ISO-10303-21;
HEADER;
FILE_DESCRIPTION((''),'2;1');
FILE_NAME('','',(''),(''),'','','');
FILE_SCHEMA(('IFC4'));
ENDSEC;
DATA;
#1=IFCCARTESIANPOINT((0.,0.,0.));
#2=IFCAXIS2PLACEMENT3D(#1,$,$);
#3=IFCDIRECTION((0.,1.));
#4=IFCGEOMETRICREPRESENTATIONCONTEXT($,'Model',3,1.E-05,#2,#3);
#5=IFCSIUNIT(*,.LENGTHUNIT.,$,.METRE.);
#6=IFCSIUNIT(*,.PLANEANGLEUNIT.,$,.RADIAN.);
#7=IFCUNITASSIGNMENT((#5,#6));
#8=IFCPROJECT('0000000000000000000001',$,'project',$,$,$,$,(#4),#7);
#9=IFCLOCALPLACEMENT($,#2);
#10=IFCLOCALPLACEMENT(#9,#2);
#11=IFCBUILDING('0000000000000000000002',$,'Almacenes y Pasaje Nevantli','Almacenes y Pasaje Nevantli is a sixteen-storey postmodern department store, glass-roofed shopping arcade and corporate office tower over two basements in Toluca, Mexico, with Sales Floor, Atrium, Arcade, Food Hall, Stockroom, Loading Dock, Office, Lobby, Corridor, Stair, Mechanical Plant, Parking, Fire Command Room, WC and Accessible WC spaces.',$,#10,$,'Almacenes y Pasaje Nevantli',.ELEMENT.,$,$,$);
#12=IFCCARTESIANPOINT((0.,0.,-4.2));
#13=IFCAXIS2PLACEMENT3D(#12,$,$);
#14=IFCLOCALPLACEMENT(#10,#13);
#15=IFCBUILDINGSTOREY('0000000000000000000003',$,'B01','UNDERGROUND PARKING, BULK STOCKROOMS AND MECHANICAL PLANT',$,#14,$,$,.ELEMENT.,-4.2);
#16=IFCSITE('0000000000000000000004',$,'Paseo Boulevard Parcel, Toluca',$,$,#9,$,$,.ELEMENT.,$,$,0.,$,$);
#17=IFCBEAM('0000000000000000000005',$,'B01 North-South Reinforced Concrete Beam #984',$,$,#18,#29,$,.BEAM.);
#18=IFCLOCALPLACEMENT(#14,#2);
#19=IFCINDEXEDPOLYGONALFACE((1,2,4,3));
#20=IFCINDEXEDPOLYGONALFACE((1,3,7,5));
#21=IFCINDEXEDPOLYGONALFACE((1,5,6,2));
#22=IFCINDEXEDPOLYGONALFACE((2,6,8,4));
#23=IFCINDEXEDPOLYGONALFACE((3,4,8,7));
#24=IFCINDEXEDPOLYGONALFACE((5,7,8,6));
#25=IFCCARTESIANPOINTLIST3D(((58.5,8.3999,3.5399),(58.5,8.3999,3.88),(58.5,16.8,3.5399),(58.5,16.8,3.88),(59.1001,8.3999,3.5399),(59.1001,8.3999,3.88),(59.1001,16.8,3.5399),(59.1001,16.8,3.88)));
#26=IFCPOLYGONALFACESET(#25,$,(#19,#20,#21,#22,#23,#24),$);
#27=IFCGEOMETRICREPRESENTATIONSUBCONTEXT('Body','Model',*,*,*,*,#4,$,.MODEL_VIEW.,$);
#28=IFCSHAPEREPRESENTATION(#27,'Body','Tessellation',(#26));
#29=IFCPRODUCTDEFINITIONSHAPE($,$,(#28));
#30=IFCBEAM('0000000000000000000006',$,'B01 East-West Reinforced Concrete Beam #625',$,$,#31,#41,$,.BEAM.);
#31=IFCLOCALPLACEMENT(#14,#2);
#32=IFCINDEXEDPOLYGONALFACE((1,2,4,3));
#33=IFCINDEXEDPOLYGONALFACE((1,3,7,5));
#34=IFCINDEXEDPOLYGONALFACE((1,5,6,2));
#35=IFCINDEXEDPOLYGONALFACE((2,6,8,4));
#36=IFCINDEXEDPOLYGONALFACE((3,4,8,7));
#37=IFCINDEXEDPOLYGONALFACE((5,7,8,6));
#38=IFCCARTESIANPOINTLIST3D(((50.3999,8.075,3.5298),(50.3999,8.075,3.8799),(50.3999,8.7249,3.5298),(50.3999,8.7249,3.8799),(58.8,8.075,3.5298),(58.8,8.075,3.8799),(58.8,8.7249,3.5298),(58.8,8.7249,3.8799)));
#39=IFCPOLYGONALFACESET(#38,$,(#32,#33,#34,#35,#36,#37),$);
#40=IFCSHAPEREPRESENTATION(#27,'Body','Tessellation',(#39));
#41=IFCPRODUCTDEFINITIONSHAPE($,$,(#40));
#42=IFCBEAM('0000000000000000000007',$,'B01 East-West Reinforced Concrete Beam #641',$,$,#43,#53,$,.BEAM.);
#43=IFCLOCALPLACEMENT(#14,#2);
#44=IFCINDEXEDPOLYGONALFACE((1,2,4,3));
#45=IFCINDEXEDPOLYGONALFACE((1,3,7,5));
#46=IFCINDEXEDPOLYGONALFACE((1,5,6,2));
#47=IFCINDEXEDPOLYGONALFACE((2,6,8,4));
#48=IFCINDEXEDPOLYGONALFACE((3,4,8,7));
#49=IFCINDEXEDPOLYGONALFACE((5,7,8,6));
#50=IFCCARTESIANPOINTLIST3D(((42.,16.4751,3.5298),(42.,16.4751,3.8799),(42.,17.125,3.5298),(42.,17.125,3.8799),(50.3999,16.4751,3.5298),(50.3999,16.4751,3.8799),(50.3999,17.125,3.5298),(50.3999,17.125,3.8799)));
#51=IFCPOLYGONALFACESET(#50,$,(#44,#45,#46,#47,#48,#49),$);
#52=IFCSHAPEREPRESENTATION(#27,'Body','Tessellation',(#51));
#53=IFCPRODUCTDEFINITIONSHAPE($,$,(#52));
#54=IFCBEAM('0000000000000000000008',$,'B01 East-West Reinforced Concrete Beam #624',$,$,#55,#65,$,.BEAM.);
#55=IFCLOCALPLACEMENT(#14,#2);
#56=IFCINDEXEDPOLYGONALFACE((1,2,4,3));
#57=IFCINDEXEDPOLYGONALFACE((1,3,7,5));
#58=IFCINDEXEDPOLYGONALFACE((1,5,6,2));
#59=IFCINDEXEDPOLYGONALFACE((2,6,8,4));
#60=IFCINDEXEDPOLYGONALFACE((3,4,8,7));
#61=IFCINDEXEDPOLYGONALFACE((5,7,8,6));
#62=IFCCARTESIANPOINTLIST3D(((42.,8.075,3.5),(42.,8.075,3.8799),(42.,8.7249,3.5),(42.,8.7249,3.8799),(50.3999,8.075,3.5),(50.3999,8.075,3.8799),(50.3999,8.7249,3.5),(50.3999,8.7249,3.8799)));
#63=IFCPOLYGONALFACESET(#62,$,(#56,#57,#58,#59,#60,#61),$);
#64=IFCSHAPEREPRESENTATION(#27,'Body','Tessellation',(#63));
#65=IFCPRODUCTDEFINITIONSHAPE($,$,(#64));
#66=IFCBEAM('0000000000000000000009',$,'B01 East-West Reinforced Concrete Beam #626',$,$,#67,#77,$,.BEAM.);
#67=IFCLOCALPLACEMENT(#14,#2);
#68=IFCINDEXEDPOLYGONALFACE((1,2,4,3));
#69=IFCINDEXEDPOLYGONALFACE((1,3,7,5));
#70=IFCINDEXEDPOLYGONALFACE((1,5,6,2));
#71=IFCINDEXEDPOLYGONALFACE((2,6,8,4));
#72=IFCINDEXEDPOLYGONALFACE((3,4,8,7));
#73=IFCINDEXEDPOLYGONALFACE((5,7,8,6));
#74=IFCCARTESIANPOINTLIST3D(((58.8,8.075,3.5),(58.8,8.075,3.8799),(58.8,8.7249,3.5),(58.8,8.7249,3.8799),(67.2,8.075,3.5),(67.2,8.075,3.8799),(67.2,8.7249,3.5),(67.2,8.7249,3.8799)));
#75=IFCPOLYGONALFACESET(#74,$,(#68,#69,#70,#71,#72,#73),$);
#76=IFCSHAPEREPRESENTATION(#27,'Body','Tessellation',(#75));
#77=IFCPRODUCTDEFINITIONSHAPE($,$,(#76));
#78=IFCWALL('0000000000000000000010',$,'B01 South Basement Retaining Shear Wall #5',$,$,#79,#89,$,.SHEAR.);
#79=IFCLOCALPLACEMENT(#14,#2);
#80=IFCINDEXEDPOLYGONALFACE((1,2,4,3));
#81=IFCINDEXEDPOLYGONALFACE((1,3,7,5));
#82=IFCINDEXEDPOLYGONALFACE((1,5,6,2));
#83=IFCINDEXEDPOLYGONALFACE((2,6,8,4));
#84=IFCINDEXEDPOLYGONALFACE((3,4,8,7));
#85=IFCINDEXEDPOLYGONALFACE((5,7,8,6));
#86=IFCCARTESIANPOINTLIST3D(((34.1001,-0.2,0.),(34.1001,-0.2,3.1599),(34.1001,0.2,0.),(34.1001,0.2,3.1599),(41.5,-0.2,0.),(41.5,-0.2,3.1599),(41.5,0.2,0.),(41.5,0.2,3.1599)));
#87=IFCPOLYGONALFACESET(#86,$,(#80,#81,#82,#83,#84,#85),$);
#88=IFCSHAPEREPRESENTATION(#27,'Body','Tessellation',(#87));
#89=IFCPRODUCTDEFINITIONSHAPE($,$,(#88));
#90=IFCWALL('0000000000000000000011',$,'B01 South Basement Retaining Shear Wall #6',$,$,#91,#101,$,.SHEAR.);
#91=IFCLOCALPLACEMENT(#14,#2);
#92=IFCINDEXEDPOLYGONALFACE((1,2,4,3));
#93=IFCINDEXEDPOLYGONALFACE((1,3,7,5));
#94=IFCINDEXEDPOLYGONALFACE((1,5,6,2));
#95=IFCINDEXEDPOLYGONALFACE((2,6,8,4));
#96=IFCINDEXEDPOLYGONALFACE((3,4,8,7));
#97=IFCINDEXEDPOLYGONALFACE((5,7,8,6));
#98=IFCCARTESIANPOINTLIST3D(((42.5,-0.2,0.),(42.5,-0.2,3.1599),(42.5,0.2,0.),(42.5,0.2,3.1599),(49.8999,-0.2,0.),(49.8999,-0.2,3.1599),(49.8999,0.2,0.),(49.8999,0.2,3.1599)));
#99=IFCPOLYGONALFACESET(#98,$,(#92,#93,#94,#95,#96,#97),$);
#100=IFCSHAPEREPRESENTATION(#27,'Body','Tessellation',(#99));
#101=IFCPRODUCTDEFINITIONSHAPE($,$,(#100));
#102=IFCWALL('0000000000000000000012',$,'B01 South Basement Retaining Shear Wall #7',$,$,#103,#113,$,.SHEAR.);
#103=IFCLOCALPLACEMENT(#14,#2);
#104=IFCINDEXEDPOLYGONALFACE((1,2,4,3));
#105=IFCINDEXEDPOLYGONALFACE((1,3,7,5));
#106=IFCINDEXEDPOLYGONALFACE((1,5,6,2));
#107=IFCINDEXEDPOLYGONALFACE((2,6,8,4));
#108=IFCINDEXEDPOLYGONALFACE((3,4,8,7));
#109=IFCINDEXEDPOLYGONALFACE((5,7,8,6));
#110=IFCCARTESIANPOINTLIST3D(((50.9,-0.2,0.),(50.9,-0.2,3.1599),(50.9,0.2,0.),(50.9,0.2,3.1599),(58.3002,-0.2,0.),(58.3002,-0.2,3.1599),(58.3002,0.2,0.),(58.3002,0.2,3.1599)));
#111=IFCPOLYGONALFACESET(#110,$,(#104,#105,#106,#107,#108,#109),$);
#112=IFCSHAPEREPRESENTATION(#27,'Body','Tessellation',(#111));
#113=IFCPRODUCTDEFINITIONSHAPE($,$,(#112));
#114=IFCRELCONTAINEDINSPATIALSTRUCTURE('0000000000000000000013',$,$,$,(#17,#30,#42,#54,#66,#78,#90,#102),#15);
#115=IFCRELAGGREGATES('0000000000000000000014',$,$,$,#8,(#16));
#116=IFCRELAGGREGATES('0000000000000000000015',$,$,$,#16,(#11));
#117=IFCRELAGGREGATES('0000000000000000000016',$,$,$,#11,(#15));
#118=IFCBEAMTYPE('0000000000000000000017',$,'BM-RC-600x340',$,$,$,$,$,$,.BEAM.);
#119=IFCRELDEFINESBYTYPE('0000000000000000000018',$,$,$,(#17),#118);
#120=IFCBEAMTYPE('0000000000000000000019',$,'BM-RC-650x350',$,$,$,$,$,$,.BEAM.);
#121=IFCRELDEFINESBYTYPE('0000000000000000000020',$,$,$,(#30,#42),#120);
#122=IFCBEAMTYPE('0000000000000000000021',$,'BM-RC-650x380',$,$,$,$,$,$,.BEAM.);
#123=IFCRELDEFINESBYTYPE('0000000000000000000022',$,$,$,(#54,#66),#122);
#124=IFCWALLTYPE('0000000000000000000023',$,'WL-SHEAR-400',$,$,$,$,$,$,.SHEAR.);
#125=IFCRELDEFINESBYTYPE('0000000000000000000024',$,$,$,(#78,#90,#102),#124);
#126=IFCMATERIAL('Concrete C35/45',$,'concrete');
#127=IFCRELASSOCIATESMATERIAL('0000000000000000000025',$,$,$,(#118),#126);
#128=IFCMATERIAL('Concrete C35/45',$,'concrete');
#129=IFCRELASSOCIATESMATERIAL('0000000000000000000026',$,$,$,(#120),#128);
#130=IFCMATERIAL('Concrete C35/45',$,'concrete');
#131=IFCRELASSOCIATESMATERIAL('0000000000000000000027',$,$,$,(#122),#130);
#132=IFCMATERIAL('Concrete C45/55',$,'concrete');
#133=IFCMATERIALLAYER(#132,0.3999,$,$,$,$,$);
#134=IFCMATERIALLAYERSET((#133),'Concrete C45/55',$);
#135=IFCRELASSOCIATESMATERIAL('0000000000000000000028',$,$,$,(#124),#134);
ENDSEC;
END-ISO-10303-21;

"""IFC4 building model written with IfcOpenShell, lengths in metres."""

from ifc_helpers import new_model, si_unit, direction, frame, frame_2d, origin, origin_2d, place, context, subcontext, project, spatial, rectangle, extrude, material, layer, layer_set, material_profile, profile_set, type_object, element, save


model = new_model("IFC4")

# Units and contexts
model_context = context("Model", 3, precision=1e-05, world=origin(), true_north=direction((0.0, 1.0)))
body_context = subcontext(model_context, "Body", "Model", "MODEL_VIEW")
ifc_project = project(units=[si_unit("LENGTHUNIT", "METRE"), si_unit("PLANEANGLEUNIT", "RADIAN")], contexts=[model_context])

# Site, building, storey
site_placement = place(None, origin())
site = spatial("IfcSite", under=ifc_project, at=site_placement, Name="Paseo Boulevard Parcel, Toluca", CompositionType="ELEMENT", RefElevation=0.0)
building_placement = place(site_placement, origin())
building = spatial("IfcBuilding", under=site, at=building_placement, Name="Almacenes y Pasaje Nevantli", Description="Almacenes y Pasaje Nevantli is a sixteen-storey postmodern department store, glass-roofed shopping arcade and corporate office tower over two basements in Toluca, Mexico, with Sales Floor, Atrium, Arcade, Food Hall, Stockroom, Loading Dock, Office, Lobby, Corridor, Stair, Mechanical Plant, Parking, Fire Command Room, WC and Accessible WC spaces.", LongName="Almacenes y Pasaje Nevantli", CompositionType="ELEMENT")
storey_placement = place(building_placement, frame((0.0, 0.0, -4.2)))
storey = spatial("IfcBuildingStorey", under=building, at=storey_placement, Name="B01", Description="UNDERGROUND PARKING, BULK STOCKROOMS AND MECHANICAL PLANT", CompositionType="ELEMENT", Elevation=-4.2)

# Beams
ifc_material_1 = material(Name="Concrete C35/45", Category="concrete")
ifc_material_profile_1 = material_profile(ifc_material_1, rectangle(XDim=0.6001, YDim=0.3401, at=origin_2d()), Name="RC-BM-600x340")
ifc_profile_set_1 = profile_set([ifc_material_profile_1], Name="Concrete C35/45")
beam_type_1 = type_object("IfcBeamType", Name="BM-RC-600x340", PredefinedType="BEAM", material=ifc_profile_set_1)
beam_1_placement = place(storey_placement, frame((58.8, 8.3999, 3.71), z_axis=(0.0, 1.0, 0.0), x_axis=(-1.0, 0.0, 0.0)))
element("IfcBeam", 1, at=beam_1_placement, inside=storey, type_object=beam_type_1, Name="B01 North-South Reinforced Concrete Beam #984", PredefinedType="BEAM", context=body_context, shape_type="SweptSolid", body=[
    extrude(rectangle(XDim=0.6001, YDim=0.3401, at=origin_2d()), origin(), (0.0, 0.0, 1.0), 8.4001),
])
ifc_material_2 = material(Name="Concrete C35/45", Category="concrete")
ifc_material_profile_2 = material_profile(ifc_material_2, rectangle(XDim=0.6499, YDim=0.3501, at=origin_2d()), Name="RC-BM-650x350")
ifc_profile_set_2 = profile_set([ifc_material_profile_2], Name="Concrete C35/45")
beam_type_2 = type_object("IfcBeamType", Name="BM-RC-650x350", PredefinedType="BEAM", material=ifc_profile_set_2)
beam_2_placement = place(storey_placement, frame((50.3999, 8.3999, 3.7048), z_axis=(1.0, 0.0, 0.0), x_axis=(0.0, 1.0, 0.0)))
element("IfcBeam", 2, at=beam_2_placement, inside=storey, type_object=beam_type_2, Name="B01 East-West Reinforced Concrete Beam #625", PredefinedType="BEAM", context=body_context, shape_type="SweptSolid", body=[
    extrude(rectangle(XDim=0.6499, YDim=0.3501, at=origin_2d()), origin(), (0.0, 0.0, 1.0), 8.4001),
])
beam_3_placement = place(storey_placement, frame((42.0, 16.8, 3.7048), z_axis=(1.0, 0.0, 0.0), x_axis=(0.0, 1.0, 0.0)))
element("IfcBeam", 3, at=beam_3_placement, inside=storey, type_object=beam_type_2, Name="B01 East-West Reinforced Concrete Beam #641", PredefinedType="BEAM", context=body_context, shape_type="SweptSolid", body=[
    extrude(rectangle(XDim=0.6499, YDim=0.3501, at=origin_2d()), origin(), (0.0, 0.0, 1.0), 8.3999),
])
ifc_material_3 = material(Name="Concrete C35/45", Category="concrete")
ifc_material_profile_3 = material_profile(ifc_material_3, rectangle(XDim=0.6499, YDim=0.3799, at=origin_2d()), Name="RC-BM-650x380")
ifc_profile_set_3 = profile_set([ifc_material_profile_3], Name="Concrete C35/45")
beam_type_3 = type_object("IfcBeamType", Name="BM-RC-650x380", PredefinedType="BEAM", material=ifc_profile_set_3)
for number, where, z_axis, x_axis, name in (
    (4, (42.0, 8.3999, 3.6899), (1.0, 0.0, 0.0), (0.0, 1.0, 0.0), "B01 East-West Reinforced Concrete Beam #624"),
    (5, (58.8, 8.3999, 3.6899), (1.0, 0.0, 0.0), (0.0, 1.0, 0.0), "B01 East-West Reinforced Concrete Beam #626"),
):
    element("IfcBeam", number, at=place(storey_placement, frame(where, z_axis=z_axis, x_axis=x_axis)), inside=storey, type_object=beam_type_3, Name=name, PredefinedType="BEAM", context=body_context, shape_type="SweptSolid", body=[
        extrude(rectangle(XDim=0.6499, YDim=0.3799, at=origin_2d()), origin(), (0.0, 0.0, 1.0), 8.3999),
    ])

# Walls
ifc_material_4 = material(Name="Concrete C45/55", Category="concrete")
ifc_layer = layer(ifc_material_4, 0.3999)
ifc_layer_set = layer_set([ifc_layer], Name="Concrete C45/55")
wall_type = type_object("IfcWallType", Name="WL-SHEAR-400", PredefinedType="SHEAR", material=ifc_layer_set)
for number, where, z_axis, x_axis, name in (
    (6, (34.1001, 0.0, 0.0), (0.0, 0.0, 1.0), (1.0, 0.0, 0.0), "B01 South Basement Retaining Shear Wall #5"),
    (7, (42.5, 0.0, 0.0), (0.0, 0.0, 1.0), (1.0, 0.0, 0.0), "B01 South Basement Retaining Shear Wall #6"),
):
    element("IfcWall", number, at=place(storey_placement, frame(where, z_axis=z_axis, x_axis=x_axis)), inside=storey, type_object=wall_type, Name=name, PredefinedType="SHEAR", context=body_context, shape_type="SweptSolid", body=[
        extrude(rectangle(XDim=7.3999, YDim=0.3999, at=frame_2d((3.7, 0.0))), origin(), (0.0, 0.0, 1.0), 3.1599),
    ])
wall_placement = place(storey_placement, frame((50.8999, 0.0, 0.0), z_axis=(0.0, 0.0, 1.0), x_axis=(1.0, 0.0, 0.0)))
element("IfcWall", 8, at=wall_placement, inside=storey, type_object=wall_type, Name="B01 South Basement Retaining Shear Wall #7", PredefinedType="SHEAR", context=body_context, shape_type="SweptSolid", body=[
    extrude(rectangle(XDim=7.4001, YDim=0.3999, at=frame_2d((3.7002, 0.0))), origin(), (0.0, 0.0, 1.0), 3.1599),
])

save(model, "model.ifc")
